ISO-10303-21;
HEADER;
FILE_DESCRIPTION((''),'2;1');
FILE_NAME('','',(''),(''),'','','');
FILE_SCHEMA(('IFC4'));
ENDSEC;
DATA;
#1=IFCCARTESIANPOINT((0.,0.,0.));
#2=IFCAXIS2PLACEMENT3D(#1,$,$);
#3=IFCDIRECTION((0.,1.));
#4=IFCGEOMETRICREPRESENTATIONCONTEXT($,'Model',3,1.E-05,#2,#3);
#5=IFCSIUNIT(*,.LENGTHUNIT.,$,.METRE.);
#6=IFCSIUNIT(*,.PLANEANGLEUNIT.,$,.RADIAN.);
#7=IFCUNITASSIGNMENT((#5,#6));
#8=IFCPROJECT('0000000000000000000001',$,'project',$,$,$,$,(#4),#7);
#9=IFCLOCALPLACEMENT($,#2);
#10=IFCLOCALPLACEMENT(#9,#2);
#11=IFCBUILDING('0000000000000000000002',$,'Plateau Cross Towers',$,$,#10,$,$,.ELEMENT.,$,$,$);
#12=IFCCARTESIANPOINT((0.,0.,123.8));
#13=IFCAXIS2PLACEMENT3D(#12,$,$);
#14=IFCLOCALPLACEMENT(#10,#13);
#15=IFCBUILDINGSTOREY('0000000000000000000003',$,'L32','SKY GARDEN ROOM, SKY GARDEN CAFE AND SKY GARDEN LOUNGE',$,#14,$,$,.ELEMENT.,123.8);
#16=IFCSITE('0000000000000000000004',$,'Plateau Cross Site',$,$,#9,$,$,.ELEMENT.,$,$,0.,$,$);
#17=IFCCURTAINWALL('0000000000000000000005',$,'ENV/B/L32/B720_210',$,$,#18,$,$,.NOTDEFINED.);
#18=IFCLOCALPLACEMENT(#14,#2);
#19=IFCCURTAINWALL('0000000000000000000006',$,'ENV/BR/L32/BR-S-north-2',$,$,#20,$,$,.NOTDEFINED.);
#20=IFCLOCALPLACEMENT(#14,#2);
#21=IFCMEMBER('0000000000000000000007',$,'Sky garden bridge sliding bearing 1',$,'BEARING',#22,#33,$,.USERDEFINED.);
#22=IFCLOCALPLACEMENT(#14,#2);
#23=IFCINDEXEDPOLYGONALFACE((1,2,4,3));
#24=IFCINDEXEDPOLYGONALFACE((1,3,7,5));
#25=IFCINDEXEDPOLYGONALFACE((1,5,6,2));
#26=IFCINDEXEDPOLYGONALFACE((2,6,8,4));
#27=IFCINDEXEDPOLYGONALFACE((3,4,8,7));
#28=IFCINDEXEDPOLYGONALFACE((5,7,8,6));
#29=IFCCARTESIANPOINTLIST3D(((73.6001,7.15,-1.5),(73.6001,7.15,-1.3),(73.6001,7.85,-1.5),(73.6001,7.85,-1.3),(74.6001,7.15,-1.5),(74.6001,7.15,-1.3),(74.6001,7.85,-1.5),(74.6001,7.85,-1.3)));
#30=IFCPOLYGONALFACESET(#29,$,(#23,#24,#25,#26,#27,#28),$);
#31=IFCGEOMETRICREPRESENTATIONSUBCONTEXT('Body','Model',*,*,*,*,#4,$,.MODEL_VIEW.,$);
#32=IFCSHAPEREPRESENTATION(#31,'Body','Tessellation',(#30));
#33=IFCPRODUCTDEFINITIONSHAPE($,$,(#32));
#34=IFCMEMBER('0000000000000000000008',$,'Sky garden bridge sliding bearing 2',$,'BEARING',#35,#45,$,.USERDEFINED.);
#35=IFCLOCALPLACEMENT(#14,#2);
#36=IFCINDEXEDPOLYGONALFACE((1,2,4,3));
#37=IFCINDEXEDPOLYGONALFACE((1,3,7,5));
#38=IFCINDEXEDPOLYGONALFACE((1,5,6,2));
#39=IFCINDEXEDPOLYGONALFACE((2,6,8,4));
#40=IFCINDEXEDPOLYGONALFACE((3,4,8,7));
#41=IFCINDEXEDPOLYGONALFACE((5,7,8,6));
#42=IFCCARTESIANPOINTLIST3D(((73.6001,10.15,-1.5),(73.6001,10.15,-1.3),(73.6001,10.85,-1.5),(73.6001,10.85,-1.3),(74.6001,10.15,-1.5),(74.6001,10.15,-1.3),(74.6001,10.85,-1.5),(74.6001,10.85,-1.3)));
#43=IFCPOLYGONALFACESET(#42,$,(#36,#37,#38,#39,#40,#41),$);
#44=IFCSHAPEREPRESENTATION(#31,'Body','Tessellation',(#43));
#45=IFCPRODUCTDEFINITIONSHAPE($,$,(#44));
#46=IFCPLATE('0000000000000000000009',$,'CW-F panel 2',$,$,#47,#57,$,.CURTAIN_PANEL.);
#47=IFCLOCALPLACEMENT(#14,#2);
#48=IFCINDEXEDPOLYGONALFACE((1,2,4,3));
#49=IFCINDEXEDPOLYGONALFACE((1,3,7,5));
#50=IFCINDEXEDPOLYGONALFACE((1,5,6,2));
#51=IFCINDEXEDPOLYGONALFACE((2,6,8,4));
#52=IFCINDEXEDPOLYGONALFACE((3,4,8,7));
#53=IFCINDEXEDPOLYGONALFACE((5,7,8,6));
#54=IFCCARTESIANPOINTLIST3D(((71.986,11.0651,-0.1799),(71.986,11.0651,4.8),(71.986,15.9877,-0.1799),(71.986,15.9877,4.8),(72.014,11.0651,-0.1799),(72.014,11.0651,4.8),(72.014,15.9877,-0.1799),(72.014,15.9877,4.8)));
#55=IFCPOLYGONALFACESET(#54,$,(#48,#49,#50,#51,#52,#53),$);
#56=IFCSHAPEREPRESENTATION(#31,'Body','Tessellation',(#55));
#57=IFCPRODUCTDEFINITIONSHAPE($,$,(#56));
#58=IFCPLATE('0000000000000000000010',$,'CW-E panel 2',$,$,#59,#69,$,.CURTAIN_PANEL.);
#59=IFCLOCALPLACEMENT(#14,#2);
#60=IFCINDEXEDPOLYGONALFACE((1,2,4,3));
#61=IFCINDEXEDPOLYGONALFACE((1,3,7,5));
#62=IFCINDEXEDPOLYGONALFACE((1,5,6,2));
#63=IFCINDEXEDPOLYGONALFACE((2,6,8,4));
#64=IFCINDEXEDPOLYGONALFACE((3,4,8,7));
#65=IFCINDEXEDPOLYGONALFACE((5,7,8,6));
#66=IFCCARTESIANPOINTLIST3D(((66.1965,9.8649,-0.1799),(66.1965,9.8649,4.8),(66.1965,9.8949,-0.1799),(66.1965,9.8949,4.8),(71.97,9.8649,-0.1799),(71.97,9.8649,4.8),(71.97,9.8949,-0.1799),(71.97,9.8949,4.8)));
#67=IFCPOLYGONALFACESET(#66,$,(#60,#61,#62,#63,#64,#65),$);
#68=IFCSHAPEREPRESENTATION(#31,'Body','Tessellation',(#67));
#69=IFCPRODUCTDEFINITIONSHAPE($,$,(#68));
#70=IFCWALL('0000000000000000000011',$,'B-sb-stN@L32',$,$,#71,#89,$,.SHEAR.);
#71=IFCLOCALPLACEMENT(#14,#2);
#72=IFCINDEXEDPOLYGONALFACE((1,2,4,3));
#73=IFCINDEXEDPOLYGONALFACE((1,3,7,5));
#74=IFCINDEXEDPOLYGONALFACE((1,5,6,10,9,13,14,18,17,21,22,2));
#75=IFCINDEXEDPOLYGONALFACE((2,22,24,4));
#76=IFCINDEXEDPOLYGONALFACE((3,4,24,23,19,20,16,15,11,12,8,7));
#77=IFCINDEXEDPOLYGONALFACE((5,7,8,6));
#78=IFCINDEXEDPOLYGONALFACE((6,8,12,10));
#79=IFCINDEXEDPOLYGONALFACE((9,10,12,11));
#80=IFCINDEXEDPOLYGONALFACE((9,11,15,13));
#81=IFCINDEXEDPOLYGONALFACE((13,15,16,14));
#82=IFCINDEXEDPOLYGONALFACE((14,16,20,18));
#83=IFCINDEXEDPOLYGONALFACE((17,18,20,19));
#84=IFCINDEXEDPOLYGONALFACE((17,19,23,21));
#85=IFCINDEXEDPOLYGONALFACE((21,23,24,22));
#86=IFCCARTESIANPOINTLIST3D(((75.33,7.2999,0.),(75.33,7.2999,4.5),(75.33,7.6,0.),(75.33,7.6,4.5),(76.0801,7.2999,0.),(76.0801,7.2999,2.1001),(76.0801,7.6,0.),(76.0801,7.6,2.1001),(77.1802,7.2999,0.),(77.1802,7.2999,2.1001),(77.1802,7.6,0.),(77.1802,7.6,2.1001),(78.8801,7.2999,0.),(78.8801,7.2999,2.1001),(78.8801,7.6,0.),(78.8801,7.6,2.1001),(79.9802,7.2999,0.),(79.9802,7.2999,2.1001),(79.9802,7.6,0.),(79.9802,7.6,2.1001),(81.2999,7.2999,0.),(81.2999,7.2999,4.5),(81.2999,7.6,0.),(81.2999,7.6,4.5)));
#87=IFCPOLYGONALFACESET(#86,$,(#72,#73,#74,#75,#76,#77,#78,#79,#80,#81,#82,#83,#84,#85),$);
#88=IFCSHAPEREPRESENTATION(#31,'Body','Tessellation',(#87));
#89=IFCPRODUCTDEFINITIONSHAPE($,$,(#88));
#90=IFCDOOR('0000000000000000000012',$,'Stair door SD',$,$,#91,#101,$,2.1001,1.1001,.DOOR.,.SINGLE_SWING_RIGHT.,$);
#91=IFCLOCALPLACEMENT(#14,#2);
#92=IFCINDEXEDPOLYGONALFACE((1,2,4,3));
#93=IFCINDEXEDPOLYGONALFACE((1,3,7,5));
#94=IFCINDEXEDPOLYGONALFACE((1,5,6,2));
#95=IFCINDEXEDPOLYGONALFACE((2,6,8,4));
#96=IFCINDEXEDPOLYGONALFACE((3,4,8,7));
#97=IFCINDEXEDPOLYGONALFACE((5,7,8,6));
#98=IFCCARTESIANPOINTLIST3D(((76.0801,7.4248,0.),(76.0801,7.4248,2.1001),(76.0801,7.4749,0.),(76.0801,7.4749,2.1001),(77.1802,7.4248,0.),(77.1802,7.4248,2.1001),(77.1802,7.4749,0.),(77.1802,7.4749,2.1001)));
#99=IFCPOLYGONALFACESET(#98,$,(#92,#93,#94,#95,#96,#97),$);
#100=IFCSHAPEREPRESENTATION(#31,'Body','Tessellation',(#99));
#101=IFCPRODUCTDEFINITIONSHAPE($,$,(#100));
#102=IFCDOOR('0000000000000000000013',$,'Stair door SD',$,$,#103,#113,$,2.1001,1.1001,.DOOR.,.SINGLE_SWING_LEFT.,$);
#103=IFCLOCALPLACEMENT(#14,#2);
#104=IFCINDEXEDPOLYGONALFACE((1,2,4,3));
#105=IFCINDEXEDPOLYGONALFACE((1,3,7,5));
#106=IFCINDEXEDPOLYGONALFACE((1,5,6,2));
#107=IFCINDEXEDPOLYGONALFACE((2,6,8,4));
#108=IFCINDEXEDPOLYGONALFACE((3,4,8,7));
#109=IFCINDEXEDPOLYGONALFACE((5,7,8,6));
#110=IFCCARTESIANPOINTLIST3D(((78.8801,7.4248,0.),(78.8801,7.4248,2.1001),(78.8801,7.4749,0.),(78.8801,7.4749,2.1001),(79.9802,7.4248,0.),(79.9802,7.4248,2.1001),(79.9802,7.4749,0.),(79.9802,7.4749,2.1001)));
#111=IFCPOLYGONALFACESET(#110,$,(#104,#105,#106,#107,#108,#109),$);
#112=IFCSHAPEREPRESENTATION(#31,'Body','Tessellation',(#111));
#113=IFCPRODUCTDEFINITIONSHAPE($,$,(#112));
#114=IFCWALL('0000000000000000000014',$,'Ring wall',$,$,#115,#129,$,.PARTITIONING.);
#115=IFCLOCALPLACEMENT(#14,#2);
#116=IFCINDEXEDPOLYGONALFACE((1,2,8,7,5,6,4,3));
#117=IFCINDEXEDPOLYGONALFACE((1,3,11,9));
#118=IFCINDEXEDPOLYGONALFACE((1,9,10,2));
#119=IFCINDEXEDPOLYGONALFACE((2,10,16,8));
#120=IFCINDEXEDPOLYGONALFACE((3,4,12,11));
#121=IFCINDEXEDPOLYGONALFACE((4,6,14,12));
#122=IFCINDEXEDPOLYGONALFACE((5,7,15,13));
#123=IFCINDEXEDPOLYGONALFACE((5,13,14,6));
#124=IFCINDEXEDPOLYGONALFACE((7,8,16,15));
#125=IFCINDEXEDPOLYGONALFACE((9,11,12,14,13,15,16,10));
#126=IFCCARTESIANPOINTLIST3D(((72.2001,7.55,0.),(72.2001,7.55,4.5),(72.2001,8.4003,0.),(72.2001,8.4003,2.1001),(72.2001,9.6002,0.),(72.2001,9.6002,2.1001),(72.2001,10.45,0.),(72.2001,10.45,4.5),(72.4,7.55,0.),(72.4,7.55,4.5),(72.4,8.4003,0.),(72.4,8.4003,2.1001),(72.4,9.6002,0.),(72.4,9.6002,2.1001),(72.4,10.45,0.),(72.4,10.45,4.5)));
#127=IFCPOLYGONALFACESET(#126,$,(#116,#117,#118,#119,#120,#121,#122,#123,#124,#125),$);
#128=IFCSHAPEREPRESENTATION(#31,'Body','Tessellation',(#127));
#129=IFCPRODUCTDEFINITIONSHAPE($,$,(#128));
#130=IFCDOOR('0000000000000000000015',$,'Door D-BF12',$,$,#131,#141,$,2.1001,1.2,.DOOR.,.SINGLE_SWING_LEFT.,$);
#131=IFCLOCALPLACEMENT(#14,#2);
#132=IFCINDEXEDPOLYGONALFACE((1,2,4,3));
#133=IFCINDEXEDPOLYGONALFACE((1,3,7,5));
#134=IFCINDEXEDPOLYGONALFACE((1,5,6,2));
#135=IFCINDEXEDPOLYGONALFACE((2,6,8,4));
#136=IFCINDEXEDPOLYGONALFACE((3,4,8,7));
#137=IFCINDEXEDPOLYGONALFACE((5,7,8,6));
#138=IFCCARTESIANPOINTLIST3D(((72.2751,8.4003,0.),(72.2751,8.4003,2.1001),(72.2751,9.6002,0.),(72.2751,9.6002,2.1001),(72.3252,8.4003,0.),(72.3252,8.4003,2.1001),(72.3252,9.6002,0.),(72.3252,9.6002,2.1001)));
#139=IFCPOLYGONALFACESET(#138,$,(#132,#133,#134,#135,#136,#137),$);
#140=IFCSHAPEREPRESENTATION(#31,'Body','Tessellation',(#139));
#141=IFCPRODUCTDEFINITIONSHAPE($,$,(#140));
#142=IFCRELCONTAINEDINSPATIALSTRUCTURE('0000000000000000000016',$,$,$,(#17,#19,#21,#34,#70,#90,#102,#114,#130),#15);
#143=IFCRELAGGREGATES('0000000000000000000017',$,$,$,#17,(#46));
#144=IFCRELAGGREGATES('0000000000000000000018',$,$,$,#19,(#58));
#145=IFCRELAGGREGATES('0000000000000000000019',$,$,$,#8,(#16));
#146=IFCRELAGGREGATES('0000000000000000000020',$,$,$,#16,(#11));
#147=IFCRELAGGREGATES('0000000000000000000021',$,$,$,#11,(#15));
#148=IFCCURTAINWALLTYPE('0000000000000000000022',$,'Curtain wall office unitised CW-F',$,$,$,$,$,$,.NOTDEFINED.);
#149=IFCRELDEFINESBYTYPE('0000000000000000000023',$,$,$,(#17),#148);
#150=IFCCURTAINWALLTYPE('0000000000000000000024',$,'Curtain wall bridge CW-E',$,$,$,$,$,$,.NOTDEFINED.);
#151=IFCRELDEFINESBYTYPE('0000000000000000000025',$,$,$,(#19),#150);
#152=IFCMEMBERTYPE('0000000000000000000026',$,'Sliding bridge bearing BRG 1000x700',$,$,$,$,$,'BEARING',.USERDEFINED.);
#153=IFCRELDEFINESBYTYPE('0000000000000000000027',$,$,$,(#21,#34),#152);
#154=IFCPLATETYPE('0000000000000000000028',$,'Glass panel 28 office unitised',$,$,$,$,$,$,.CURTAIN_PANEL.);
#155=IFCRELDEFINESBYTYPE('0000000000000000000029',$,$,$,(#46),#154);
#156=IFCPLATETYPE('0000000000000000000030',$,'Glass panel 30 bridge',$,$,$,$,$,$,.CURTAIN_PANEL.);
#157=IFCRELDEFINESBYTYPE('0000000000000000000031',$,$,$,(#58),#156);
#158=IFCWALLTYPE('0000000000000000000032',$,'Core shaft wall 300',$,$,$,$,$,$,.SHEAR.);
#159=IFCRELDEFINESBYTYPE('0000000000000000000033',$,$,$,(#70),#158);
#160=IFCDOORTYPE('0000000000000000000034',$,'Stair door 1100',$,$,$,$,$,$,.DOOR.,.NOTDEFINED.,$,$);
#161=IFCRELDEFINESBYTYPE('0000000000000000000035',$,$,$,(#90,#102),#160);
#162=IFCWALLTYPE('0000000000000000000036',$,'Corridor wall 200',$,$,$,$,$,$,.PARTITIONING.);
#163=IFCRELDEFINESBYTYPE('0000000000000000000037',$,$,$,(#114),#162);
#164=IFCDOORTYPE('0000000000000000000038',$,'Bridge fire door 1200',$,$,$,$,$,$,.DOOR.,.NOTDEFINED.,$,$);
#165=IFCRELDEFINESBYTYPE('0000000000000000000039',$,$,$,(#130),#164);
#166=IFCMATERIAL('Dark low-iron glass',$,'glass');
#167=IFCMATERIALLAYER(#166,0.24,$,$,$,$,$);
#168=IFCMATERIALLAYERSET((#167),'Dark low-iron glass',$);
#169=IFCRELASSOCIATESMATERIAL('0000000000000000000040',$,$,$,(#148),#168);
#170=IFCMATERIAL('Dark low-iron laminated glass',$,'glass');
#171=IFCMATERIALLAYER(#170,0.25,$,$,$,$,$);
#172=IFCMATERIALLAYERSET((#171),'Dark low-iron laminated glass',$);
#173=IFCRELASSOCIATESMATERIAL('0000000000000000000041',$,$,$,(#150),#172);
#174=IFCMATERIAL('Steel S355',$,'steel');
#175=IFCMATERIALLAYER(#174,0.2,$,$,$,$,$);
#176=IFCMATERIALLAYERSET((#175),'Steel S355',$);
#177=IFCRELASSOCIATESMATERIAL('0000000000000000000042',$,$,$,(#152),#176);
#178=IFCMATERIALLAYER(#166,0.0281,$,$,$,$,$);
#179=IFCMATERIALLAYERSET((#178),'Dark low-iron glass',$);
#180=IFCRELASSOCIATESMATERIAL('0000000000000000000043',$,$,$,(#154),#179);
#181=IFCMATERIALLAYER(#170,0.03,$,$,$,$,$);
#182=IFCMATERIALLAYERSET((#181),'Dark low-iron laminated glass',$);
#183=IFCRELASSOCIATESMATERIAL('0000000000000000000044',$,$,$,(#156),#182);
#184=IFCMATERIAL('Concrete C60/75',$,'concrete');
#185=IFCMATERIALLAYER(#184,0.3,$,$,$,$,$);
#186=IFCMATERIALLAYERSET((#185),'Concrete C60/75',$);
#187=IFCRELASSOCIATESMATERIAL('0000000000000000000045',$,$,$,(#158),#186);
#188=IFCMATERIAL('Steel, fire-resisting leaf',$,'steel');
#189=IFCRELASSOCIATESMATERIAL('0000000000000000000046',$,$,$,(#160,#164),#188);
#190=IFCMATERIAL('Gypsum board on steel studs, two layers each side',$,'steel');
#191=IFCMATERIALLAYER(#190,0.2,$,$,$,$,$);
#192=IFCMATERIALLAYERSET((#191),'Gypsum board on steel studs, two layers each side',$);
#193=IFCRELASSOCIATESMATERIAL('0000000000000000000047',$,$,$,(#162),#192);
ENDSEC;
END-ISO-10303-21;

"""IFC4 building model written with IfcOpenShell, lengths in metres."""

from ifc_helpers import new_model, si_unit, direction, frame, frame_2d, origin, origin_2d, place, context, subcontext, project, spatial, rectangle, extrude, material, layer, layer_set, type_object, element, fill, aggregate, save


model = new_model("IFC4")

# Units and contexts
model_context = context("Model", 3, precision=1e-05, world=origin(), true_north=direction((0.0, 1.0)))
body_context = subcontext(model_context, "Body", "Model", "MODEL_VIEW")
ifc_project = project(units=[si_unit("LENGTHUNIT", "METRE"), si_unit("PLANEANGLEUNIT", "RADIAN")], contexts=[model_context])

# Site, building, storey
site_placement = place(None, origin())
site = spatial("IfcSite", under=ifc_project, at=site_placement, Name="Plateau Cross Site", CompositionType="ELEMENT", RefElevation=0.0)
building_placement = place(site_placement, origin())
building = spatial("IfcBuilding", under=site, at=building_placement, Name="Plateau Cross Towers", CompositionType="ELEMENT")
storey_placement = place(building_placement, frame((0.0, 0.0, 123.8)))
storey = spatial("IfcBuildingStorey", under=building, at=storey_placement, Name="L32", Description="SKY GARDEN ROOM, SKY GARDEN CAFE AND SKY GARDEN LOUNGE", CompositionType="ELEMENT", Elevation=123.8)

# Shared definitions
ifc_material_1 = material(Name="Concrete C60/75", Category="concrete")

# Curtain walls
ifc_material_2 = material(Name="Dark low-iron glass", Category="glass")
ifc_layer_1 = layer(ifc_material_2, 0.24)
ifc_layer_set_1 = layer_set([ifc_layer_1], Name="Dark low-iron glass")
curtain_wall_type_1 = type_object("IfcCurtainWallType", Name="Curtain wall office unitised CW-F", PredefinedType="NOTDEFINED", material=ifc_layer_set_1)
curtain_wall_1_placement = place(storey_placement, origin())
curtain_wall_1 = element("IfcCurtainWall", 1, at=curtain_wall_1_placement, inside=storey, type_object=curtain_wall_type_1, Name="ENV/B/L32/B720_210", PredefinedType="NOTDEFINED")
ifc_material_3 = material(Name="Dark low-iron laminated glass", Category="glass")
ifc_layer_2 = layer(ifc_material_3, 0.25)
ifc_layer_set_2 = layer_set([ifc_layer_2], Name="Dark low-iron laminated glass")
curtain_wall_type_2 = type_object("IfcCurtainWallType", Name="Curtain wall bridge CW-E", PredefinedType="NOTDEFINED", material=ifc_layer_set_2)
curtain_wall_2_placement = place(storey_placement, origin())
curtain_wall_2 = element("IfcCurtainWall", 2, at=curtain_wall_2_placement, inside=storey, type_object=curtain_wall_type_2, Name="ENV/BR/L32/BR-S-north-2", PredefinedType="NOTDEFINED")

# Members
ifc_material_4 = material(Name="Steel S355", Category="steel")
ifc_layer_3 = layer(ifc_material_4, 0.2)
ifc_layer_set_3 = layer_set([ifc_layer_3], Name="Steel S355")
member_type_1 = type_object("IfcMemberType", Name="Sliding bridge bearing BRG 1000x700", ElementType="BEARING", PredefinedType="USERDEFINED", material=ifc_layer_set_3)
for number, where, z_axis, x_axis, name in (
    (3, (74.1001, 7.5, -1.5), (0.0, 0.0, 1.0), (1.0, 0.0, 0.0), "Sky garden bridge sliding bearing 1"),
    (4, (74.1001, 10.5, -1.5), (0.0, 0.0, 1.0), (1.0, 0.0, 0.0), "Sky garden bridge sliding bearing 2"),
):
    element("IfcMember", number, at=place(storey_placement, frame(where, z_axis=z_axis, x_axis=x_axis)), inside=storey, type_object=member_type_1, Name=name, ObjectType="BEARING", PredefinedType="USERDEFINED", context=body_context, shape_type="SweptSolid", body=[
        extrude(rectangle(XDim=1.0, YDim=0.7, at=origin_2d()), origin(), (0.0, 0.0, 1.0), 0.2),
    ])

# Plates
ifc_layer_4 = layer(ifc_material_2, 0.0281)
ifc_layer_set_4 = layer_set([ifc_layer_4], Name="Dark low-iron glass")
plate_type_1 = type_object("IfcPlateType", Name="Glass panel 28 office unitised", PredefinedType="CURTAIN_PANEL", material=ifc_layer_set_4)
plate_1_placement = place(storey_placement, frame((72.0, 13.5264, -0.1799), z_axis=(0.0, 0.0, 1.0), x_axis=(0.0, -1.0, 0.0)))
plate_1 = element("IfcPlate", 5, at=plate_1_placement, type_object=plate_type_1, Name="CW-F panel 2", PredefinedType="CURTAIN_PANEL", context=body_context, shape_type="SweptSolid", body=[
    extrude(rectangle(XDim=4.9226, YDim=0.0281, at=origin_2d()), origin(), (0.0, 0.0, 1.0), 4.98),
])
aggregate(curtain_wall_1, [plate_1])
ifc_layer_5 = layer(ifc_material_3, 0.03)
ifc_layer_set_5 = layer_set([ifc_layer_5], Name="Dark low-iron laminated glass")
plate_type_2 = type_object("IfcPlateType", Name="Glass panel 30 bridge", PredefinedType="CURTAIN_PANEL", material=ifc_layer_set_5)
plate_2_placement = place(storey_placement, frame((69.0833, 9.8799, -0.1799), z_axis=(0.0, 0.0, 1.0), x_axis=(1.0, 0.0, 0.0)))
plate_2 = element("IfcPlate", 6, at=plate_2_placement, type_object=plate_type_2, Name="CW-E panel 2", PredefinedType="CURTAIN_PANEL", context=body_context, shape_type="SweptSolid", body=[
    extrude(rectangle(XDim=5.7734, YDim=0.03, at=origin_2d()), origin(), (0.0, 0.0, 1.0), 4.98),
])
aggregate(curtain_wall_2, [plate_2])

# Wall, openings, doors
ifc_layer_6 = layer(ifc_material_1, 0.3)
ifc_layer_set_6 = layer_set([ifc_layer_6], Name="Concrete C60/75")
wall_type_1 = type_object("IfcWallType", Name="Core shaft wall 300", PredefinedType="SHEAR", material=ifc_layer_set_6)
wall_1_placement = place(storey_placement, frame((75.3301, 7.45, 0.0), z_axis=(0.0, 0.0, 1.0), x_axis=(1.0, 0.0, 0.0)))
wall_1 = element("IfcWall", 7, at=wall_1_placement, inside=storey, type_object=wall_type_1, Name="B-sb-stN@L32", PredefinedType="SHEAR", context=body_context, shape_type="SweptSolid", body=[
    extrude(rectangle(XDim=5.97, YDim=0.3, at=frame_2d((2.9849, 0.0))), origin(), (0.0, 0.0, 1.0), 4.5),
])
opening_1_placement = place(wall_1_placement, frame((0.75, 0.0, 0.0)))
opening_1 = element("IfcOpeningElement", 8, at=opening_1_placement, cuts=wall_1, PredefinedType="OPENING", context=body_context, shape_type="SweptSolid", body=[
    extrude(rectangle(XDim=1.1001, YDim=2.1001, at=frame_2d((0.55, 1.05))), frame((0.0, 0.1599, 0.0), z_axis=(0.0, -1.0, 0.0), x_axis=(1.0, 0.0, 0.0)), (0.0, 0.0, 1.0), 0.3201),
])
opening_2_placement = place(wall_1_placement, frame((3.55, 0.0, 0.0)))
opening_2 = element("IfcOpeningElement", 9, at=opening_2_placement, cuts=wall_1, PredefinedType="OPENING", context=body_context, shape_type="SweptSolid", body=[
    extrude(rectangle(XDim=1.1001, YDim=2.1001, at=frame_2d((0.55, 1.05))), frame((0.0, 0.1599, 0.0), z_axis=(0.0, -1.0, 0.0), x_axis=(1.0, 0.0, 0.0)), (0.0, 0.0, 1.0), 0.3201),
])
ifc_material_5 = material(Name="Steel, fire-resisting leaf", Category="steel")
door_type_1 = type_object("IfcDoorType", Name="Stair door 1100", OperationType="NOTDEFINED", PredefinedType="DOOR", material=ifc_material_5)
door_1_placement = place(opening_1_placement, origin())
door_1 = element("IfcDoor", 10, at=door_1_placement, inside=storey, type_object=door_type_1, Name="Stair door SD", OperationType="SINGLE_SWING_RIGHT", OverallHeight=2.1001, OverallWidth=1.1001, PredefinedType="DOOR", context=body_context, shape_type="SweptSolid", body=[
    extrude(rectangle(XDim=1.1001, YDim=2.1001, at=frame_2d((0.55, 1.05))), frame((0.0, 0.0249, 0.0), z_axis=(0.0, -1.0, 0.0), x_axis=(1.0, 0.0, 0.0)), (0.0, 0.0, 1.0), 0.05),
])
fill(opening_1, door_1)
door_2_placement = place(opening_2_placement, origin())
door_2 = element("IfcDoor", 11, at=door_2_placement, inside=storey, type_object=door_type_1, Name="Stair door SD", OperationType="SINGLE_SWING_LEFT", OverallHeight=2.1001, OverallWidth=1.1001, PredefinedType="DOOR", context=body_context, shape_type="SweptSolid", body=[
    extrude(rectangle(XDim=1.1001, YDim=2.1001, at=frame_2d((0.55, 1.05))), frame((0.0, 0.0249, 0.0), z_axis=(0.0, -1.0, 0.0), x_axis=(1.0, 0.0, 0.0)), (0.0, 0.0, 1.0), 0.05),
])
fill(opening_2, door_2)

# Wall, opening, door
ifc_material_6 = material(Name="Gypsum board on steel studs, two layers each side", Category="steel")
ifc_layer_7 = layer(ifc_material_6, 0.2)
ifc_layer_set_7 = layer_set([ifc_layer_7], Name="Gypsum board on steel studs, two layers each side")
wall_type_2 = type_object("IfcWallType", Name="Corridor wall 200", PredefinedType="PARTITIONING", material=ifc_layer_set_7)
wall_2_placement = place(storey_placement, frame((72.3, 7.55, 0.0), z_axis=(0.0, 0.0, 1.0), x_axis=(0.0, 1.0, 0.0)))
wall_2 = element("IfcWall", 12, at=wall_2_placement, inside=storey, type_object=wall_type_2, Name="Ring wall", PredefinedType="PARTITIONING", context=body_context, shape_type="SweptSolid", body=[
    extrude(rectangle(XDim=2.8999, YDim=0.2, at=frame_2d((1.45, 0.0))), origin(), (0.0, 0.0, 1.0), 4.5),
])
opening_3_placement = place(wall_2_placement, frame((0.8501, 0.0, 0.0)))
opening_3 = element("IfcOpeningElement", 13, at=opening_3_placement, cuts=wall_2, PredefinedType="OPENING", context=body_context, shape_type="SweptSolid", body=[
    extrude(rectangle(XDim=1.2, YDim=2.1001, at=frame_2d((0.6001, 1.05))), frame((0.0, 0.1099, 0.0), z_axis=(0.0, -1.0, 0.0), x_axis=(1.0, 0.0, 0.0)), (0.0, 0.0, 1.0), 0.22),
])
door_type_2 = type_object("IfcDoorType", Name="Bridge fire door 1200", OperationType="NOTDEFINED", PredefinedType="DOOR", material=ifc_material_5)
door_3_placement = place(opening_3_placement, origin())
door_3 = element("IfcDoor", 14, at=door_3_placement, inside=storey, type_object=door_type_2, Name="Door D-BF12", OperationType="SINGLE_SWING_LEFT", OverallHeight=2.1001, OverallWidth=1.2, PredefinedType="DOOR", context=body_context, shape_type="SweptSolid", body=[
    extrude(rectangle(XDim=1.2, YDim=2.1001, at=frame_2d((0.6001, 1.05))), frame((0.0, 0.0249, 0.0), z_axis=(0.0, -1.0, 0.0), x_axis=(1.0, 0.0, 0.0)), (0.0, 0.0, 1.0), 0.05),
])
fill(opening_3, door_3)

save(model, "model.ifc")
